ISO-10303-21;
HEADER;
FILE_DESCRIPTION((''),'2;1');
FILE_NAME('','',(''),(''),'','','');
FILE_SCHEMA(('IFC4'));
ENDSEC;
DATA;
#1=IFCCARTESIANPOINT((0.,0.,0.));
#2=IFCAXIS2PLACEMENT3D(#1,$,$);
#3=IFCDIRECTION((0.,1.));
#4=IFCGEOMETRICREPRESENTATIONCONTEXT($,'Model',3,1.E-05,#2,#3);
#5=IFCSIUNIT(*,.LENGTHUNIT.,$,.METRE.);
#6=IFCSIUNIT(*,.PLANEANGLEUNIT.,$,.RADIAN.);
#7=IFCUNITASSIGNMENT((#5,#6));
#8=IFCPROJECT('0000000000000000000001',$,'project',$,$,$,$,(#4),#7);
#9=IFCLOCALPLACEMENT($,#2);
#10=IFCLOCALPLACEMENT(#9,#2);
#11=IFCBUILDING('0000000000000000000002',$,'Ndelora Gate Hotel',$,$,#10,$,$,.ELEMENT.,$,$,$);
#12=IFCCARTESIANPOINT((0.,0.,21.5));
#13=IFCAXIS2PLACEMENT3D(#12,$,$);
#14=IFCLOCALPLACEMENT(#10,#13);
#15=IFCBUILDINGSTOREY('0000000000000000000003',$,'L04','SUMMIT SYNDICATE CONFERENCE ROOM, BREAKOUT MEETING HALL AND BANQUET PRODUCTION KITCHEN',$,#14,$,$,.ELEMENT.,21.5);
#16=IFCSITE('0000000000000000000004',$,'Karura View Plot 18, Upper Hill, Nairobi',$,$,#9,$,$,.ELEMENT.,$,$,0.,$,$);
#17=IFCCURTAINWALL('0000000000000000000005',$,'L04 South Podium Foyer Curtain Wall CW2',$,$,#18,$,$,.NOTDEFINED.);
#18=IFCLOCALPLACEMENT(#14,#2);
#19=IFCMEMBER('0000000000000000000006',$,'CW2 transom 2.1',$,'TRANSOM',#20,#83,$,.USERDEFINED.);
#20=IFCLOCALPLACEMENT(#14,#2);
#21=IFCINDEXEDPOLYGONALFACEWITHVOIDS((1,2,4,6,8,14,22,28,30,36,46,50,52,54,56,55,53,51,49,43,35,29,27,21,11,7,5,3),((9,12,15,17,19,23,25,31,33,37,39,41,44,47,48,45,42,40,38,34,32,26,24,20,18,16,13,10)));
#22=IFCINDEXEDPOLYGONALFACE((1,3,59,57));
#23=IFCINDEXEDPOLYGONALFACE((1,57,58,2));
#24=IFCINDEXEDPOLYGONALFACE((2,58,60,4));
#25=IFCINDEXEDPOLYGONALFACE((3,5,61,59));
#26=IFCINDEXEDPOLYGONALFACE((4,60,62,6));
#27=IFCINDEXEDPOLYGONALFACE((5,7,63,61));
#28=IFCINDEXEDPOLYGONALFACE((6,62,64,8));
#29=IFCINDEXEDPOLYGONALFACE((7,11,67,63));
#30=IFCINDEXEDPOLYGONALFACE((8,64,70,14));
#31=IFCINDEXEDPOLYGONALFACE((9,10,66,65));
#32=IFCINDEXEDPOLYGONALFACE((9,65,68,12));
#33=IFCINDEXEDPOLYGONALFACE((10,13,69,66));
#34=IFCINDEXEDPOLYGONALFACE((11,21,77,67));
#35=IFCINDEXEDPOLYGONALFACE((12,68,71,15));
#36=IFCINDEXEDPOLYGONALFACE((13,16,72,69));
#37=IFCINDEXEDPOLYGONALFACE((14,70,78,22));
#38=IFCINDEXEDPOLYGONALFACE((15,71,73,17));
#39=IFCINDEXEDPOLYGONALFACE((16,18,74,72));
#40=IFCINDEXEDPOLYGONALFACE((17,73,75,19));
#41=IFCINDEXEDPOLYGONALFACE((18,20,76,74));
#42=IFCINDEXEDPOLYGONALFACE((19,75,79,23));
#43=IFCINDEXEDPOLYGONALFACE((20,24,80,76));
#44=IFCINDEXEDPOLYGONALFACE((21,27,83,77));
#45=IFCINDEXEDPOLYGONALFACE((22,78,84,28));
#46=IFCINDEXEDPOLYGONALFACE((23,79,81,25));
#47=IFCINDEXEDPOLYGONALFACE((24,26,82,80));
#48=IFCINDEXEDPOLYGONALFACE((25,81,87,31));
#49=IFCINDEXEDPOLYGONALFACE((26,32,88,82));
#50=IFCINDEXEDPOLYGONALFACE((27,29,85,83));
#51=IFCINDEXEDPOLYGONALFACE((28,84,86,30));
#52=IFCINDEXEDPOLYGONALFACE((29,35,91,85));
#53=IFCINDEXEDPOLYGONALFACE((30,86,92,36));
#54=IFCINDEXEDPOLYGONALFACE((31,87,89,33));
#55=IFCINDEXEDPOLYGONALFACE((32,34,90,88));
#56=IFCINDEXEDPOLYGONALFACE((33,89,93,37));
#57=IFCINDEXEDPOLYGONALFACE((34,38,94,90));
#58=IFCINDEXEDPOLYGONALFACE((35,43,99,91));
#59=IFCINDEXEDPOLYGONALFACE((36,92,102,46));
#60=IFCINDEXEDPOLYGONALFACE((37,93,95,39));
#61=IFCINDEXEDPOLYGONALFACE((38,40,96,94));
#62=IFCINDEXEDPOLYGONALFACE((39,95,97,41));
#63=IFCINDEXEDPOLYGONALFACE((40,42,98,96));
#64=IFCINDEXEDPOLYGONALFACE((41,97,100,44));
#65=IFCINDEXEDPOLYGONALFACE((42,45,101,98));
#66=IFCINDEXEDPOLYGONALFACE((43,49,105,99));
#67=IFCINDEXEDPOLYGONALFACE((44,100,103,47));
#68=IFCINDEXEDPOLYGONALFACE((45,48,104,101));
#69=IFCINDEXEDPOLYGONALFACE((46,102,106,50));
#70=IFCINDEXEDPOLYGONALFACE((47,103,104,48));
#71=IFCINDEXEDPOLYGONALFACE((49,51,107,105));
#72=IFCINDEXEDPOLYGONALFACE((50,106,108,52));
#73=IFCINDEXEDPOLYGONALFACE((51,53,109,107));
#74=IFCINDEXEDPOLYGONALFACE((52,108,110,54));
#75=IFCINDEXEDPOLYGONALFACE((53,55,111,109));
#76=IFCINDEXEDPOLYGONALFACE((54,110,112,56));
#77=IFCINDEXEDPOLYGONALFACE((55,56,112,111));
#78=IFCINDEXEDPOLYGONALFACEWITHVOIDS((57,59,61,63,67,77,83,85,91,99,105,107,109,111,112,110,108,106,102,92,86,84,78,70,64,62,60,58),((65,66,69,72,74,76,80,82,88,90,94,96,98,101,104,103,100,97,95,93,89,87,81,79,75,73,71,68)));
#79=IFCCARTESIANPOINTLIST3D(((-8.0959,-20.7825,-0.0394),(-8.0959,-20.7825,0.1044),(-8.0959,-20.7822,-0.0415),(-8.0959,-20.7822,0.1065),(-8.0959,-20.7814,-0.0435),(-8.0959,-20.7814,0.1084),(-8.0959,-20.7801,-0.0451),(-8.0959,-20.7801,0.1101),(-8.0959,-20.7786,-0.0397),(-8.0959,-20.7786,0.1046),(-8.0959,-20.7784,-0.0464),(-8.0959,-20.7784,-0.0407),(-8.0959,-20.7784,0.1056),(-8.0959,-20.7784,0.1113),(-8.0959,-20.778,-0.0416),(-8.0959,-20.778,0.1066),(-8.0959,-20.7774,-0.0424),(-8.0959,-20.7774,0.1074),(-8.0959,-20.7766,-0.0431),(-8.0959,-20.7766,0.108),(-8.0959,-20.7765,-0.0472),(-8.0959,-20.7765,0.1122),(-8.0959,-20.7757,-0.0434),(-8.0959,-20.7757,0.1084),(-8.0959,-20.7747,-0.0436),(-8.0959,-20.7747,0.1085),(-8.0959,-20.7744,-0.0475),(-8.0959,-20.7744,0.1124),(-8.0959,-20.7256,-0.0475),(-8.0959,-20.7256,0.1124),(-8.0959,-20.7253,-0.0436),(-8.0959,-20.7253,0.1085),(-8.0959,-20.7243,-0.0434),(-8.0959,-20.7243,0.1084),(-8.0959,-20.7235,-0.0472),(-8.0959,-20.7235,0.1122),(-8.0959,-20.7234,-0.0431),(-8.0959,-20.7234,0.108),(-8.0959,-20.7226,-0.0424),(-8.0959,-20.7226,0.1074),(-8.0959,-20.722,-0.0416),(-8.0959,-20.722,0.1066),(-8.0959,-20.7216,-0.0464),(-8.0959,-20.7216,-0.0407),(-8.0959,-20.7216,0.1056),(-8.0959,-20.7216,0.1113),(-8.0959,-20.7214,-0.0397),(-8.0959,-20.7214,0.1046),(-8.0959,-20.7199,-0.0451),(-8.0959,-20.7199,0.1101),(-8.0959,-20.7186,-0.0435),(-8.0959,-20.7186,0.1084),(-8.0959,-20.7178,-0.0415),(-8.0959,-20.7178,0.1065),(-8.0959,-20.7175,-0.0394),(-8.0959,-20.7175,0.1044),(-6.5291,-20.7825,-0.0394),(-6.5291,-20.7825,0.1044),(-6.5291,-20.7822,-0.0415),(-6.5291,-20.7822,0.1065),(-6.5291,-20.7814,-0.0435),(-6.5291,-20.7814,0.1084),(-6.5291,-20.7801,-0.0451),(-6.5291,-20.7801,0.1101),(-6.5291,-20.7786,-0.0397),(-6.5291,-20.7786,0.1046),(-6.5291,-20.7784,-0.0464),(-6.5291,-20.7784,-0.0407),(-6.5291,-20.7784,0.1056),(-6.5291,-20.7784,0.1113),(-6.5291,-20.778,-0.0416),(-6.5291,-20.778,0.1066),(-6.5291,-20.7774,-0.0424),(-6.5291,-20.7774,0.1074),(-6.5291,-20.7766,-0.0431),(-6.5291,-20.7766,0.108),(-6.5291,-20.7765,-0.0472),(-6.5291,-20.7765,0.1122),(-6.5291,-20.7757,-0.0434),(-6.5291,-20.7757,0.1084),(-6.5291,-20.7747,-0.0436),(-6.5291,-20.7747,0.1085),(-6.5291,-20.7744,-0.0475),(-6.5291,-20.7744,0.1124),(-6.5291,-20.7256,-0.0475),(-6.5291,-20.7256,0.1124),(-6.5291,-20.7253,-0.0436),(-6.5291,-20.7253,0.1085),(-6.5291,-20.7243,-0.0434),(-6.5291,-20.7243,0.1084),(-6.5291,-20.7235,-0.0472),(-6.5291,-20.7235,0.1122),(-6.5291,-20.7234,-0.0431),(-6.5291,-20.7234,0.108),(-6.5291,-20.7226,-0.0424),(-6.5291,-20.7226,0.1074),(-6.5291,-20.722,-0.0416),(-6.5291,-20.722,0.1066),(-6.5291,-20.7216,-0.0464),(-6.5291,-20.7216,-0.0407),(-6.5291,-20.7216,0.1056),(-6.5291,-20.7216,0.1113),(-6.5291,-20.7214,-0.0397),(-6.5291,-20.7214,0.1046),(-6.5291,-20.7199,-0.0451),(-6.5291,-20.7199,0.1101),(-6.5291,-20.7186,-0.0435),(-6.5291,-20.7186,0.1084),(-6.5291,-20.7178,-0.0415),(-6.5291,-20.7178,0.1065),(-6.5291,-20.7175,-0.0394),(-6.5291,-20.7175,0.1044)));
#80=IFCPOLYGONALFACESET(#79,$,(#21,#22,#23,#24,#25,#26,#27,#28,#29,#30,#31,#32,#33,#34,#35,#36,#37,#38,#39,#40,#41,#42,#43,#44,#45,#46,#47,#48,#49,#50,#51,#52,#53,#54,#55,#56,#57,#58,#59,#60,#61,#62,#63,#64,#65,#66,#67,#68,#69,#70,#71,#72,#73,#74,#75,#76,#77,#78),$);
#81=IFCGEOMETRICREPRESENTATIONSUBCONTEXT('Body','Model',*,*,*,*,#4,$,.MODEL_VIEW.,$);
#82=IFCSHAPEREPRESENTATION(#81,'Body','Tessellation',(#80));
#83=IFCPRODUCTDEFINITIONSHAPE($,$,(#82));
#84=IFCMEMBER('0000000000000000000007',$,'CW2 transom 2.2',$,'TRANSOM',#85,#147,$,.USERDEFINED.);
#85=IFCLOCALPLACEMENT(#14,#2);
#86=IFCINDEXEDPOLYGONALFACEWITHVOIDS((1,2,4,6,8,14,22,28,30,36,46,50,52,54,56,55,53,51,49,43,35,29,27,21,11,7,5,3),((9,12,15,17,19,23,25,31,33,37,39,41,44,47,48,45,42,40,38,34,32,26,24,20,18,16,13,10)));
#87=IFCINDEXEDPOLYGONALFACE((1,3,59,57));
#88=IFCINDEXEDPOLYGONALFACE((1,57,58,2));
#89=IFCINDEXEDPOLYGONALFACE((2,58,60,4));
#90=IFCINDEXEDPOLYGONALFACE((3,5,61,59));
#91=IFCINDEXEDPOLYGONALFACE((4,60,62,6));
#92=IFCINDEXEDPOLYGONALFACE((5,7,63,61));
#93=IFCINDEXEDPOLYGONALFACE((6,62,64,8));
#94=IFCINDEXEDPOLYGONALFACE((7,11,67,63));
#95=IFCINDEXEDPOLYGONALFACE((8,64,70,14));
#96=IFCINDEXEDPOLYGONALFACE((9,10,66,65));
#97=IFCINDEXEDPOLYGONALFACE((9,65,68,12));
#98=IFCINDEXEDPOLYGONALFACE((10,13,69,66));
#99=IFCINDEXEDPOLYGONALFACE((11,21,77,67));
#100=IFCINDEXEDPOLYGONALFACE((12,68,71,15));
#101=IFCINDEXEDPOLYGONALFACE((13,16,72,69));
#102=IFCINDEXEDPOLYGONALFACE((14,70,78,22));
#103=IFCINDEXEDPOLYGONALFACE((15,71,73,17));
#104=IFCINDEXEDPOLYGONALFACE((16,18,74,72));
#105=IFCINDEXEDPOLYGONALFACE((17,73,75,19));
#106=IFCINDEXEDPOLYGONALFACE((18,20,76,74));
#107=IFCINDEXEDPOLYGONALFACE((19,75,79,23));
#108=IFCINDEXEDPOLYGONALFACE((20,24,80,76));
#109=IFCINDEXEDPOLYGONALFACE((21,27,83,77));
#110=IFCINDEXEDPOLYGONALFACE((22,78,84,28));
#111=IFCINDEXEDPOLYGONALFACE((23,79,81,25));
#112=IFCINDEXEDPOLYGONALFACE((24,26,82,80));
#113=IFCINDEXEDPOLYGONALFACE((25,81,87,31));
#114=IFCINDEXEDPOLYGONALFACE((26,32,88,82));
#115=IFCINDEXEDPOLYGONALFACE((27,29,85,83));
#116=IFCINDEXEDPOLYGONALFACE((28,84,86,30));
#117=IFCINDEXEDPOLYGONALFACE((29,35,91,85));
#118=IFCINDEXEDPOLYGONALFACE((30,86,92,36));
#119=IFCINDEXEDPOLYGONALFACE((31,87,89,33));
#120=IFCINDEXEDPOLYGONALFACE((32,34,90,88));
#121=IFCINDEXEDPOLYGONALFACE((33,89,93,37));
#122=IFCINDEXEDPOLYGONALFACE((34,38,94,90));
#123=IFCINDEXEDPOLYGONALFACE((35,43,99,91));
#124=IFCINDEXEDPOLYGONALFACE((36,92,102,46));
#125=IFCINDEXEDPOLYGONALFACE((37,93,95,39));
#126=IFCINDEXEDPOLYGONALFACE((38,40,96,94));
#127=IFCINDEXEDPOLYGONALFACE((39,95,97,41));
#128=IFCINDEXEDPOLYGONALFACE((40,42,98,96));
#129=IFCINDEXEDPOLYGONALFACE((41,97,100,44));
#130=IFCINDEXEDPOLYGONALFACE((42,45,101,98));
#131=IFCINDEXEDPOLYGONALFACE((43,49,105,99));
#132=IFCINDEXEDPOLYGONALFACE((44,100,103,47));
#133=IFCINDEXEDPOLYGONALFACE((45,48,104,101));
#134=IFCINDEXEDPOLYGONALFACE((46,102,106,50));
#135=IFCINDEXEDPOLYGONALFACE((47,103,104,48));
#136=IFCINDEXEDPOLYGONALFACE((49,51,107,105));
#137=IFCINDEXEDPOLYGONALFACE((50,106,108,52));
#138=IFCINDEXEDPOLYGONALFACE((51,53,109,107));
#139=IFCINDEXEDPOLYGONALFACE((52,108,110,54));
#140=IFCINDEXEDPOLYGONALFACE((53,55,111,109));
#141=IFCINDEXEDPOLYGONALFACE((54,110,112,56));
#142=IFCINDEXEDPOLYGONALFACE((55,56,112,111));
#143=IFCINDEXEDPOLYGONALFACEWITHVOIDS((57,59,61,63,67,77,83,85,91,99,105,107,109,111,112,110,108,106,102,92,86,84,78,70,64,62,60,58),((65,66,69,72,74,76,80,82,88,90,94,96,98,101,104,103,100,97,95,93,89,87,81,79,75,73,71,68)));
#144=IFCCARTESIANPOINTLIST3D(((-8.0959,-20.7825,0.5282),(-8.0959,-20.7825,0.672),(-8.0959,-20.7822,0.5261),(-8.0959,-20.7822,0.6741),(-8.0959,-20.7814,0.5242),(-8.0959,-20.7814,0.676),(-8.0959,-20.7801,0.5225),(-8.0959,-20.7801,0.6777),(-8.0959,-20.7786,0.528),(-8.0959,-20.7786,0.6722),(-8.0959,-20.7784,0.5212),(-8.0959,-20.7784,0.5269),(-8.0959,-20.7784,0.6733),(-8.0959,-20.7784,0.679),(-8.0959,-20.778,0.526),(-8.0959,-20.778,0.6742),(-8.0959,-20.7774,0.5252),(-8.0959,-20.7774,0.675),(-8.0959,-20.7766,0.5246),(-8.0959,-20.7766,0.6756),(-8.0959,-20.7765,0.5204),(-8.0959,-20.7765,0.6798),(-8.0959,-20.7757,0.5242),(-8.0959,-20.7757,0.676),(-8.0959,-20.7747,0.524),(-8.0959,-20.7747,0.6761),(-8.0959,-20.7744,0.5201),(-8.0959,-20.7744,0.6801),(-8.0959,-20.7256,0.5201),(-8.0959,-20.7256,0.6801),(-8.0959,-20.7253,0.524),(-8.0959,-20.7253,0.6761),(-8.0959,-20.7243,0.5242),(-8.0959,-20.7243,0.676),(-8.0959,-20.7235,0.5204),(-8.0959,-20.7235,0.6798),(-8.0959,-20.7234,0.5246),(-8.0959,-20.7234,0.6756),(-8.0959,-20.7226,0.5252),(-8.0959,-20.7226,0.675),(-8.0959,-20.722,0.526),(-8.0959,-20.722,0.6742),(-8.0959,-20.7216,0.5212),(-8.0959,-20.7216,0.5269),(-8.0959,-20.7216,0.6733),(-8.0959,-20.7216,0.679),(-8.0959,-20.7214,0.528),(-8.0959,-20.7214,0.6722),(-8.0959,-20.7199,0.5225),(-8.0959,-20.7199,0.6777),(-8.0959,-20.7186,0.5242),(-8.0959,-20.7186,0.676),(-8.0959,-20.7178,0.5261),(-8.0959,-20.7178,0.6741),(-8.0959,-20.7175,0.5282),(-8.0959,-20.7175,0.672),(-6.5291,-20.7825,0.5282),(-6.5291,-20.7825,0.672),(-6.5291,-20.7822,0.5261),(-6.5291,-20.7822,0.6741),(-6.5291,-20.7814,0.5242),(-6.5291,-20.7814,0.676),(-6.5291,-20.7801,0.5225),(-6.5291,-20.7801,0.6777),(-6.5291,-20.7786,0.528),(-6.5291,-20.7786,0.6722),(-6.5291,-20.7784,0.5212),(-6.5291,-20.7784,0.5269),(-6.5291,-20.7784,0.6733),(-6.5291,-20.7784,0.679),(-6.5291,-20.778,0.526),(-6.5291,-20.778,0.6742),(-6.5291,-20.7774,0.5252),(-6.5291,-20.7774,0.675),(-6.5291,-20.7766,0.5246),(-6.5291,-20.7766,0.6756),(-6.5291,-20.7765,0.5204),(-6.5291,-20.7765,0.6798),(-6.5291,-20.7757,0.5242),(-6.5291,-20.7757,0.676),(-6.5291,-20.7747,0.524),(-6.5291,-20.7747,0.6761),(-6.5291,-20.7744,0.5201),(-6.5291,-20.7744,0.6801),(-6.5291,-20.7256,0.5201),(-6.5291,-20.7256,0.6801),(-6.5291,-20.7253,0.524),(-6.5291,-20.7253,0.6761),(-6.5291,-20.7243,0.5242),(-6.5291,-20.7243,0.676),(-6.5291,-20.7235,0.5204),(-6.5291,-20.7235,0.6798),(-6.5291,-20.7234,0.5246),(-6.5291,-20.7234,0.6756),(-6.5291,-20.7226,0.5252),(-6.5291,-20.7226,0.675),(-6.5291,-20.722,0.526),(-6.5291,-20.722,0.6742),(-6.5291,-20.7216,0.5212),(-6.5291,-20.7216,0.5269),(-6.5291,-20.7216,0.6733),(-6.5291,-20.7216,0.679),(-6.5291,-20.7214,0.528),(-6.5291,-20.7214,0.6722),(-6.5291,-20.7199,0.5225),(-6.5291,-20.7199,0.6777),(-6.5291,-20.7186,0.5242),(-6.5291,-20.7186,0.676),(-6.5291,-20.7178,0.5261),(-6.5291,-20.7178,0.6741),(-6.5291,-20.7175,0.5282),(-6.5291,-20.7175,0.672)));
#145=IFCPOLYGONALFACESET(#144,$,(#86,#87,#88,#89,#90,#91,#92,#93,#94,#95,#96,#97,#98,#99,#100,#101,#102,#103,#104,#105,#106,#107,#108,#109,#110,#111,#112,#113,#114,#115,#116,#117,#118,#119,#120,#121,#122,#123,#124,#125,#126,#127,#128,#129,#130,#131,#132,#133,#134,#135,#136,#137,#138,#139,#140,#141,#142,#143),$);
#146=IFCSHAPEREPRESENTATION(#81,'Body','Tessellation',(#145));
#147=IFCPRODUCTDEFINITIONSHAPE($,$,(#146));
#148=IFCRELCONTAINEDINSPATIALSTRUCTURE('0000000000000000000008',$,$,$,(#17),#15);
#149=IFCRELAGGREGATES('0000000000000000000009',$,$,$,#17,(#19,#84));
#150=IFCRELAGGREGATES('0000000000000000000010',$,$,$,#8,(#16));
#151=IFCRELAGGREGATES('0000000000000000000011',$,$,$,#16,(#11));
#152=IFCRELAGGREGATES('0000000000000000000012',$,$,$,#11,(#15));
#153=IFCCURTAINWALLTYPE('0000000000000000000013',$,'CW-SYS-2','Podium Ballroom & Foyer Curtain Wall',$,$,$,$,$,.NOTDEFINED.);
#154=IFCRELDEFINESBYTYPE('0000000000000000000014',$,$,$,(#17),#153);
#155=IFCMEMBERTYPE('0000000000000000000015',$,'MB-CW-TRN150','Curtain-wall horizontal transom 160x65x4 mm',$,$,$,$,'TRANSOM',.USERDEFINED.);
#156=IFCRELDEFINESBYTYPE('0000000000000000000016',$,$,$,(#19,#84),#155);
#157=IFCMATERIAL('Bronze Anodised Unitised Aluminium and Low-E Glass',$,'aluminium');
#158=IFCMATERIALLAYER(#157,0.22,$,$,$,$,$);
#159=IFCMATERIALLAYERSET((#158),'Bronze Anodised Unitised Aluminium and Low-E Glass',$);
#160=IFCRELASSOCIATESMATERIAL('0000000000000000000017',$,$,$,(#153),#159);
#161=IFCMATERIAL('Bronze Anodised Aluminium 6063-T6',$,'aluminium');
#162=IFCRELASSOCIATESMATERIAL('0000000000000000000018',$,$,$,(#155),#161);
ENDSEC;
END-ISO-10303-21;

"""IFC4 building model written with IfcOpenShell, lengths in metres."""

from ifc_helpers import new_model, si_unit, direction, frame, origin, origin_2d, place, context, subcontext, project, spatial, hollow_rectangle, extrude, material, layer, layer_set, material_profile, profile_set, type_object, element, aggregate, save


model = new_model("IFC4")

# Units and contexts
model_context = context("Model", 3, precision=1e-05, world=origin(), true_north=direction((0.0, 1.0)))
body_context = subcontext(model_context, "Body", "Model", "MODEL_VIEW")
ifc_project = project(units=[si_unit("LENGTHUNIT", "METRE"), si_unit("PLANEANGLEUNIT", "RADIAN")], contexts=[model_context])

# Site, building, storey
site_placement = place(None, origin())
site = spatial("IfcSite", under=ifc_project, at=site_placement, Name="Karura View Plot 18, Upper Hill, Nairobi", CompositionType="ELEMENT", RefElevation=0.0)
building_placement = place(site_placement, origin())
building = spatial("IfcBuilding", under=site, at=building_placement, Name="Ndelora Gate Hotel", CompositionType="ELEMENT")
storey_placement = place(building_placement, frame((0.0, 0.0, 21.5)))
storey = spatial("IfcBuildingStorey", under=building, at=storey_placement, Name="L04", Description="SUMMIT SYNDICATE CONFERENCE ROOM, BREAKOUT MEETING HALL AND BANQUET PRODUCTION KITCHEN", CompositionType="ELEMENT", Elevation=21.5)

# Curtain wall, members
ifc_material_1 = material(Name="Bronze Anodised Unitised Aluminium and Low-E Glass", Category="aluminium")
ifc_layer_1 = layer(ifc_material_1, 0.22)
ifc_layer_set_1 = layer_set([ifc_layer_1], Name="Bronze Anodised Unitised Aluminium and Low-E Glass")
curtain_wall_type = type_object("IfcCurtainWallType", Name="CW-SYS-2", Description="Podium Ballroom & Foyer Curtain Wall", PredefinedType="NOTDEFINED", material=ifc_layer_set_1)
curtain_wall_placement = place(storey_placement, origin())
curtain_wall = element("IfcCurtainWall", 1, at=curtain_wall_placement, inside=storey, type_object=curtain_wall_type, Name="L04 South Podium Foyer Curtain Wall CW2", PredefinedType="NOTDEFINED")
ifc_material_2 = material(Name="Bronze Anodised Aluminium 6063-T6", Category="aluminium")
ifc_material_profile_1 = material_profile(ifc_material_2, hollow_rectangle(XDim=0.0649, YDim=0.1599, WallThickness=0.0039, InnerFilletRadius=0.0039, OuterFilletRadius=0.0081, at=origin_2d()), Name="ALU 160x65x4")
ifc_profile_set_1 = profile_set([ifc_material_profile_1], Name="Bronze Anodised Aluminium 6063-T6")
member_type_1 = type_object("IfcMemberType", Name="MB-CW-TRN150", Description="Curtain-wall horizontal transom 160x65x4 mm", ElementType="TRANSOM", PredefinedType="USERDEFINED", material=ifc_profile_set_1)
member_1_placement = place(storey_placement, frame((-8.0959, -20.75, 0.0325), z_axis=(1.0, 0.0, 0.0), x_axis=(0.0, 1.0, 0.0)))
member_1 = element("IfcMember", 2, at=member_1_placement, type_object=member_type_1, Name="CW2 transom 2.1", ObjectType="TRANSOM", PredefinedType="USERDEFINED", context=body_context, shape_type="SweptSolid", body=[
    extrude(hollow_rectangle(XDim=0.0649, YDim=0.1599, WallThickness=0.0039, InnerFilletRadius=0.0039, OuterFilletRadius=0.0081, at=origin_2d()), origin(), (0.0, 0.0, 1.0), 1.5669),
])
member_2_placement = place(storey_placement, frame((-8.0959, -20.75, 0.6001), z_axis=(1.0, 0.0, 0.0), x_axis=(0.0, 1.0, 0.0)))
member_2 = element("IfcMember", 3, at=member_2_placement, type_object=member_type_1, Name="CW2 transom 2.2", ObjectType="TRANSOM", PredefinedType="USERDEFINED", context=body_context, shape_type="SweptSolid", body=[
    extrude(hollow_rectangle(XDim=0.0649, YDim=0.1599, WallThickness=0.0039, InnerFilletRadius=0.0039, OuterFilletRadius=0.0081, at=origin_2d()), origin(), (0.0, 0.0, 1.0), 1.5669),
])
aggregate(curtain_wall, [member_1, member_2])

save(model, "model.ifc")
